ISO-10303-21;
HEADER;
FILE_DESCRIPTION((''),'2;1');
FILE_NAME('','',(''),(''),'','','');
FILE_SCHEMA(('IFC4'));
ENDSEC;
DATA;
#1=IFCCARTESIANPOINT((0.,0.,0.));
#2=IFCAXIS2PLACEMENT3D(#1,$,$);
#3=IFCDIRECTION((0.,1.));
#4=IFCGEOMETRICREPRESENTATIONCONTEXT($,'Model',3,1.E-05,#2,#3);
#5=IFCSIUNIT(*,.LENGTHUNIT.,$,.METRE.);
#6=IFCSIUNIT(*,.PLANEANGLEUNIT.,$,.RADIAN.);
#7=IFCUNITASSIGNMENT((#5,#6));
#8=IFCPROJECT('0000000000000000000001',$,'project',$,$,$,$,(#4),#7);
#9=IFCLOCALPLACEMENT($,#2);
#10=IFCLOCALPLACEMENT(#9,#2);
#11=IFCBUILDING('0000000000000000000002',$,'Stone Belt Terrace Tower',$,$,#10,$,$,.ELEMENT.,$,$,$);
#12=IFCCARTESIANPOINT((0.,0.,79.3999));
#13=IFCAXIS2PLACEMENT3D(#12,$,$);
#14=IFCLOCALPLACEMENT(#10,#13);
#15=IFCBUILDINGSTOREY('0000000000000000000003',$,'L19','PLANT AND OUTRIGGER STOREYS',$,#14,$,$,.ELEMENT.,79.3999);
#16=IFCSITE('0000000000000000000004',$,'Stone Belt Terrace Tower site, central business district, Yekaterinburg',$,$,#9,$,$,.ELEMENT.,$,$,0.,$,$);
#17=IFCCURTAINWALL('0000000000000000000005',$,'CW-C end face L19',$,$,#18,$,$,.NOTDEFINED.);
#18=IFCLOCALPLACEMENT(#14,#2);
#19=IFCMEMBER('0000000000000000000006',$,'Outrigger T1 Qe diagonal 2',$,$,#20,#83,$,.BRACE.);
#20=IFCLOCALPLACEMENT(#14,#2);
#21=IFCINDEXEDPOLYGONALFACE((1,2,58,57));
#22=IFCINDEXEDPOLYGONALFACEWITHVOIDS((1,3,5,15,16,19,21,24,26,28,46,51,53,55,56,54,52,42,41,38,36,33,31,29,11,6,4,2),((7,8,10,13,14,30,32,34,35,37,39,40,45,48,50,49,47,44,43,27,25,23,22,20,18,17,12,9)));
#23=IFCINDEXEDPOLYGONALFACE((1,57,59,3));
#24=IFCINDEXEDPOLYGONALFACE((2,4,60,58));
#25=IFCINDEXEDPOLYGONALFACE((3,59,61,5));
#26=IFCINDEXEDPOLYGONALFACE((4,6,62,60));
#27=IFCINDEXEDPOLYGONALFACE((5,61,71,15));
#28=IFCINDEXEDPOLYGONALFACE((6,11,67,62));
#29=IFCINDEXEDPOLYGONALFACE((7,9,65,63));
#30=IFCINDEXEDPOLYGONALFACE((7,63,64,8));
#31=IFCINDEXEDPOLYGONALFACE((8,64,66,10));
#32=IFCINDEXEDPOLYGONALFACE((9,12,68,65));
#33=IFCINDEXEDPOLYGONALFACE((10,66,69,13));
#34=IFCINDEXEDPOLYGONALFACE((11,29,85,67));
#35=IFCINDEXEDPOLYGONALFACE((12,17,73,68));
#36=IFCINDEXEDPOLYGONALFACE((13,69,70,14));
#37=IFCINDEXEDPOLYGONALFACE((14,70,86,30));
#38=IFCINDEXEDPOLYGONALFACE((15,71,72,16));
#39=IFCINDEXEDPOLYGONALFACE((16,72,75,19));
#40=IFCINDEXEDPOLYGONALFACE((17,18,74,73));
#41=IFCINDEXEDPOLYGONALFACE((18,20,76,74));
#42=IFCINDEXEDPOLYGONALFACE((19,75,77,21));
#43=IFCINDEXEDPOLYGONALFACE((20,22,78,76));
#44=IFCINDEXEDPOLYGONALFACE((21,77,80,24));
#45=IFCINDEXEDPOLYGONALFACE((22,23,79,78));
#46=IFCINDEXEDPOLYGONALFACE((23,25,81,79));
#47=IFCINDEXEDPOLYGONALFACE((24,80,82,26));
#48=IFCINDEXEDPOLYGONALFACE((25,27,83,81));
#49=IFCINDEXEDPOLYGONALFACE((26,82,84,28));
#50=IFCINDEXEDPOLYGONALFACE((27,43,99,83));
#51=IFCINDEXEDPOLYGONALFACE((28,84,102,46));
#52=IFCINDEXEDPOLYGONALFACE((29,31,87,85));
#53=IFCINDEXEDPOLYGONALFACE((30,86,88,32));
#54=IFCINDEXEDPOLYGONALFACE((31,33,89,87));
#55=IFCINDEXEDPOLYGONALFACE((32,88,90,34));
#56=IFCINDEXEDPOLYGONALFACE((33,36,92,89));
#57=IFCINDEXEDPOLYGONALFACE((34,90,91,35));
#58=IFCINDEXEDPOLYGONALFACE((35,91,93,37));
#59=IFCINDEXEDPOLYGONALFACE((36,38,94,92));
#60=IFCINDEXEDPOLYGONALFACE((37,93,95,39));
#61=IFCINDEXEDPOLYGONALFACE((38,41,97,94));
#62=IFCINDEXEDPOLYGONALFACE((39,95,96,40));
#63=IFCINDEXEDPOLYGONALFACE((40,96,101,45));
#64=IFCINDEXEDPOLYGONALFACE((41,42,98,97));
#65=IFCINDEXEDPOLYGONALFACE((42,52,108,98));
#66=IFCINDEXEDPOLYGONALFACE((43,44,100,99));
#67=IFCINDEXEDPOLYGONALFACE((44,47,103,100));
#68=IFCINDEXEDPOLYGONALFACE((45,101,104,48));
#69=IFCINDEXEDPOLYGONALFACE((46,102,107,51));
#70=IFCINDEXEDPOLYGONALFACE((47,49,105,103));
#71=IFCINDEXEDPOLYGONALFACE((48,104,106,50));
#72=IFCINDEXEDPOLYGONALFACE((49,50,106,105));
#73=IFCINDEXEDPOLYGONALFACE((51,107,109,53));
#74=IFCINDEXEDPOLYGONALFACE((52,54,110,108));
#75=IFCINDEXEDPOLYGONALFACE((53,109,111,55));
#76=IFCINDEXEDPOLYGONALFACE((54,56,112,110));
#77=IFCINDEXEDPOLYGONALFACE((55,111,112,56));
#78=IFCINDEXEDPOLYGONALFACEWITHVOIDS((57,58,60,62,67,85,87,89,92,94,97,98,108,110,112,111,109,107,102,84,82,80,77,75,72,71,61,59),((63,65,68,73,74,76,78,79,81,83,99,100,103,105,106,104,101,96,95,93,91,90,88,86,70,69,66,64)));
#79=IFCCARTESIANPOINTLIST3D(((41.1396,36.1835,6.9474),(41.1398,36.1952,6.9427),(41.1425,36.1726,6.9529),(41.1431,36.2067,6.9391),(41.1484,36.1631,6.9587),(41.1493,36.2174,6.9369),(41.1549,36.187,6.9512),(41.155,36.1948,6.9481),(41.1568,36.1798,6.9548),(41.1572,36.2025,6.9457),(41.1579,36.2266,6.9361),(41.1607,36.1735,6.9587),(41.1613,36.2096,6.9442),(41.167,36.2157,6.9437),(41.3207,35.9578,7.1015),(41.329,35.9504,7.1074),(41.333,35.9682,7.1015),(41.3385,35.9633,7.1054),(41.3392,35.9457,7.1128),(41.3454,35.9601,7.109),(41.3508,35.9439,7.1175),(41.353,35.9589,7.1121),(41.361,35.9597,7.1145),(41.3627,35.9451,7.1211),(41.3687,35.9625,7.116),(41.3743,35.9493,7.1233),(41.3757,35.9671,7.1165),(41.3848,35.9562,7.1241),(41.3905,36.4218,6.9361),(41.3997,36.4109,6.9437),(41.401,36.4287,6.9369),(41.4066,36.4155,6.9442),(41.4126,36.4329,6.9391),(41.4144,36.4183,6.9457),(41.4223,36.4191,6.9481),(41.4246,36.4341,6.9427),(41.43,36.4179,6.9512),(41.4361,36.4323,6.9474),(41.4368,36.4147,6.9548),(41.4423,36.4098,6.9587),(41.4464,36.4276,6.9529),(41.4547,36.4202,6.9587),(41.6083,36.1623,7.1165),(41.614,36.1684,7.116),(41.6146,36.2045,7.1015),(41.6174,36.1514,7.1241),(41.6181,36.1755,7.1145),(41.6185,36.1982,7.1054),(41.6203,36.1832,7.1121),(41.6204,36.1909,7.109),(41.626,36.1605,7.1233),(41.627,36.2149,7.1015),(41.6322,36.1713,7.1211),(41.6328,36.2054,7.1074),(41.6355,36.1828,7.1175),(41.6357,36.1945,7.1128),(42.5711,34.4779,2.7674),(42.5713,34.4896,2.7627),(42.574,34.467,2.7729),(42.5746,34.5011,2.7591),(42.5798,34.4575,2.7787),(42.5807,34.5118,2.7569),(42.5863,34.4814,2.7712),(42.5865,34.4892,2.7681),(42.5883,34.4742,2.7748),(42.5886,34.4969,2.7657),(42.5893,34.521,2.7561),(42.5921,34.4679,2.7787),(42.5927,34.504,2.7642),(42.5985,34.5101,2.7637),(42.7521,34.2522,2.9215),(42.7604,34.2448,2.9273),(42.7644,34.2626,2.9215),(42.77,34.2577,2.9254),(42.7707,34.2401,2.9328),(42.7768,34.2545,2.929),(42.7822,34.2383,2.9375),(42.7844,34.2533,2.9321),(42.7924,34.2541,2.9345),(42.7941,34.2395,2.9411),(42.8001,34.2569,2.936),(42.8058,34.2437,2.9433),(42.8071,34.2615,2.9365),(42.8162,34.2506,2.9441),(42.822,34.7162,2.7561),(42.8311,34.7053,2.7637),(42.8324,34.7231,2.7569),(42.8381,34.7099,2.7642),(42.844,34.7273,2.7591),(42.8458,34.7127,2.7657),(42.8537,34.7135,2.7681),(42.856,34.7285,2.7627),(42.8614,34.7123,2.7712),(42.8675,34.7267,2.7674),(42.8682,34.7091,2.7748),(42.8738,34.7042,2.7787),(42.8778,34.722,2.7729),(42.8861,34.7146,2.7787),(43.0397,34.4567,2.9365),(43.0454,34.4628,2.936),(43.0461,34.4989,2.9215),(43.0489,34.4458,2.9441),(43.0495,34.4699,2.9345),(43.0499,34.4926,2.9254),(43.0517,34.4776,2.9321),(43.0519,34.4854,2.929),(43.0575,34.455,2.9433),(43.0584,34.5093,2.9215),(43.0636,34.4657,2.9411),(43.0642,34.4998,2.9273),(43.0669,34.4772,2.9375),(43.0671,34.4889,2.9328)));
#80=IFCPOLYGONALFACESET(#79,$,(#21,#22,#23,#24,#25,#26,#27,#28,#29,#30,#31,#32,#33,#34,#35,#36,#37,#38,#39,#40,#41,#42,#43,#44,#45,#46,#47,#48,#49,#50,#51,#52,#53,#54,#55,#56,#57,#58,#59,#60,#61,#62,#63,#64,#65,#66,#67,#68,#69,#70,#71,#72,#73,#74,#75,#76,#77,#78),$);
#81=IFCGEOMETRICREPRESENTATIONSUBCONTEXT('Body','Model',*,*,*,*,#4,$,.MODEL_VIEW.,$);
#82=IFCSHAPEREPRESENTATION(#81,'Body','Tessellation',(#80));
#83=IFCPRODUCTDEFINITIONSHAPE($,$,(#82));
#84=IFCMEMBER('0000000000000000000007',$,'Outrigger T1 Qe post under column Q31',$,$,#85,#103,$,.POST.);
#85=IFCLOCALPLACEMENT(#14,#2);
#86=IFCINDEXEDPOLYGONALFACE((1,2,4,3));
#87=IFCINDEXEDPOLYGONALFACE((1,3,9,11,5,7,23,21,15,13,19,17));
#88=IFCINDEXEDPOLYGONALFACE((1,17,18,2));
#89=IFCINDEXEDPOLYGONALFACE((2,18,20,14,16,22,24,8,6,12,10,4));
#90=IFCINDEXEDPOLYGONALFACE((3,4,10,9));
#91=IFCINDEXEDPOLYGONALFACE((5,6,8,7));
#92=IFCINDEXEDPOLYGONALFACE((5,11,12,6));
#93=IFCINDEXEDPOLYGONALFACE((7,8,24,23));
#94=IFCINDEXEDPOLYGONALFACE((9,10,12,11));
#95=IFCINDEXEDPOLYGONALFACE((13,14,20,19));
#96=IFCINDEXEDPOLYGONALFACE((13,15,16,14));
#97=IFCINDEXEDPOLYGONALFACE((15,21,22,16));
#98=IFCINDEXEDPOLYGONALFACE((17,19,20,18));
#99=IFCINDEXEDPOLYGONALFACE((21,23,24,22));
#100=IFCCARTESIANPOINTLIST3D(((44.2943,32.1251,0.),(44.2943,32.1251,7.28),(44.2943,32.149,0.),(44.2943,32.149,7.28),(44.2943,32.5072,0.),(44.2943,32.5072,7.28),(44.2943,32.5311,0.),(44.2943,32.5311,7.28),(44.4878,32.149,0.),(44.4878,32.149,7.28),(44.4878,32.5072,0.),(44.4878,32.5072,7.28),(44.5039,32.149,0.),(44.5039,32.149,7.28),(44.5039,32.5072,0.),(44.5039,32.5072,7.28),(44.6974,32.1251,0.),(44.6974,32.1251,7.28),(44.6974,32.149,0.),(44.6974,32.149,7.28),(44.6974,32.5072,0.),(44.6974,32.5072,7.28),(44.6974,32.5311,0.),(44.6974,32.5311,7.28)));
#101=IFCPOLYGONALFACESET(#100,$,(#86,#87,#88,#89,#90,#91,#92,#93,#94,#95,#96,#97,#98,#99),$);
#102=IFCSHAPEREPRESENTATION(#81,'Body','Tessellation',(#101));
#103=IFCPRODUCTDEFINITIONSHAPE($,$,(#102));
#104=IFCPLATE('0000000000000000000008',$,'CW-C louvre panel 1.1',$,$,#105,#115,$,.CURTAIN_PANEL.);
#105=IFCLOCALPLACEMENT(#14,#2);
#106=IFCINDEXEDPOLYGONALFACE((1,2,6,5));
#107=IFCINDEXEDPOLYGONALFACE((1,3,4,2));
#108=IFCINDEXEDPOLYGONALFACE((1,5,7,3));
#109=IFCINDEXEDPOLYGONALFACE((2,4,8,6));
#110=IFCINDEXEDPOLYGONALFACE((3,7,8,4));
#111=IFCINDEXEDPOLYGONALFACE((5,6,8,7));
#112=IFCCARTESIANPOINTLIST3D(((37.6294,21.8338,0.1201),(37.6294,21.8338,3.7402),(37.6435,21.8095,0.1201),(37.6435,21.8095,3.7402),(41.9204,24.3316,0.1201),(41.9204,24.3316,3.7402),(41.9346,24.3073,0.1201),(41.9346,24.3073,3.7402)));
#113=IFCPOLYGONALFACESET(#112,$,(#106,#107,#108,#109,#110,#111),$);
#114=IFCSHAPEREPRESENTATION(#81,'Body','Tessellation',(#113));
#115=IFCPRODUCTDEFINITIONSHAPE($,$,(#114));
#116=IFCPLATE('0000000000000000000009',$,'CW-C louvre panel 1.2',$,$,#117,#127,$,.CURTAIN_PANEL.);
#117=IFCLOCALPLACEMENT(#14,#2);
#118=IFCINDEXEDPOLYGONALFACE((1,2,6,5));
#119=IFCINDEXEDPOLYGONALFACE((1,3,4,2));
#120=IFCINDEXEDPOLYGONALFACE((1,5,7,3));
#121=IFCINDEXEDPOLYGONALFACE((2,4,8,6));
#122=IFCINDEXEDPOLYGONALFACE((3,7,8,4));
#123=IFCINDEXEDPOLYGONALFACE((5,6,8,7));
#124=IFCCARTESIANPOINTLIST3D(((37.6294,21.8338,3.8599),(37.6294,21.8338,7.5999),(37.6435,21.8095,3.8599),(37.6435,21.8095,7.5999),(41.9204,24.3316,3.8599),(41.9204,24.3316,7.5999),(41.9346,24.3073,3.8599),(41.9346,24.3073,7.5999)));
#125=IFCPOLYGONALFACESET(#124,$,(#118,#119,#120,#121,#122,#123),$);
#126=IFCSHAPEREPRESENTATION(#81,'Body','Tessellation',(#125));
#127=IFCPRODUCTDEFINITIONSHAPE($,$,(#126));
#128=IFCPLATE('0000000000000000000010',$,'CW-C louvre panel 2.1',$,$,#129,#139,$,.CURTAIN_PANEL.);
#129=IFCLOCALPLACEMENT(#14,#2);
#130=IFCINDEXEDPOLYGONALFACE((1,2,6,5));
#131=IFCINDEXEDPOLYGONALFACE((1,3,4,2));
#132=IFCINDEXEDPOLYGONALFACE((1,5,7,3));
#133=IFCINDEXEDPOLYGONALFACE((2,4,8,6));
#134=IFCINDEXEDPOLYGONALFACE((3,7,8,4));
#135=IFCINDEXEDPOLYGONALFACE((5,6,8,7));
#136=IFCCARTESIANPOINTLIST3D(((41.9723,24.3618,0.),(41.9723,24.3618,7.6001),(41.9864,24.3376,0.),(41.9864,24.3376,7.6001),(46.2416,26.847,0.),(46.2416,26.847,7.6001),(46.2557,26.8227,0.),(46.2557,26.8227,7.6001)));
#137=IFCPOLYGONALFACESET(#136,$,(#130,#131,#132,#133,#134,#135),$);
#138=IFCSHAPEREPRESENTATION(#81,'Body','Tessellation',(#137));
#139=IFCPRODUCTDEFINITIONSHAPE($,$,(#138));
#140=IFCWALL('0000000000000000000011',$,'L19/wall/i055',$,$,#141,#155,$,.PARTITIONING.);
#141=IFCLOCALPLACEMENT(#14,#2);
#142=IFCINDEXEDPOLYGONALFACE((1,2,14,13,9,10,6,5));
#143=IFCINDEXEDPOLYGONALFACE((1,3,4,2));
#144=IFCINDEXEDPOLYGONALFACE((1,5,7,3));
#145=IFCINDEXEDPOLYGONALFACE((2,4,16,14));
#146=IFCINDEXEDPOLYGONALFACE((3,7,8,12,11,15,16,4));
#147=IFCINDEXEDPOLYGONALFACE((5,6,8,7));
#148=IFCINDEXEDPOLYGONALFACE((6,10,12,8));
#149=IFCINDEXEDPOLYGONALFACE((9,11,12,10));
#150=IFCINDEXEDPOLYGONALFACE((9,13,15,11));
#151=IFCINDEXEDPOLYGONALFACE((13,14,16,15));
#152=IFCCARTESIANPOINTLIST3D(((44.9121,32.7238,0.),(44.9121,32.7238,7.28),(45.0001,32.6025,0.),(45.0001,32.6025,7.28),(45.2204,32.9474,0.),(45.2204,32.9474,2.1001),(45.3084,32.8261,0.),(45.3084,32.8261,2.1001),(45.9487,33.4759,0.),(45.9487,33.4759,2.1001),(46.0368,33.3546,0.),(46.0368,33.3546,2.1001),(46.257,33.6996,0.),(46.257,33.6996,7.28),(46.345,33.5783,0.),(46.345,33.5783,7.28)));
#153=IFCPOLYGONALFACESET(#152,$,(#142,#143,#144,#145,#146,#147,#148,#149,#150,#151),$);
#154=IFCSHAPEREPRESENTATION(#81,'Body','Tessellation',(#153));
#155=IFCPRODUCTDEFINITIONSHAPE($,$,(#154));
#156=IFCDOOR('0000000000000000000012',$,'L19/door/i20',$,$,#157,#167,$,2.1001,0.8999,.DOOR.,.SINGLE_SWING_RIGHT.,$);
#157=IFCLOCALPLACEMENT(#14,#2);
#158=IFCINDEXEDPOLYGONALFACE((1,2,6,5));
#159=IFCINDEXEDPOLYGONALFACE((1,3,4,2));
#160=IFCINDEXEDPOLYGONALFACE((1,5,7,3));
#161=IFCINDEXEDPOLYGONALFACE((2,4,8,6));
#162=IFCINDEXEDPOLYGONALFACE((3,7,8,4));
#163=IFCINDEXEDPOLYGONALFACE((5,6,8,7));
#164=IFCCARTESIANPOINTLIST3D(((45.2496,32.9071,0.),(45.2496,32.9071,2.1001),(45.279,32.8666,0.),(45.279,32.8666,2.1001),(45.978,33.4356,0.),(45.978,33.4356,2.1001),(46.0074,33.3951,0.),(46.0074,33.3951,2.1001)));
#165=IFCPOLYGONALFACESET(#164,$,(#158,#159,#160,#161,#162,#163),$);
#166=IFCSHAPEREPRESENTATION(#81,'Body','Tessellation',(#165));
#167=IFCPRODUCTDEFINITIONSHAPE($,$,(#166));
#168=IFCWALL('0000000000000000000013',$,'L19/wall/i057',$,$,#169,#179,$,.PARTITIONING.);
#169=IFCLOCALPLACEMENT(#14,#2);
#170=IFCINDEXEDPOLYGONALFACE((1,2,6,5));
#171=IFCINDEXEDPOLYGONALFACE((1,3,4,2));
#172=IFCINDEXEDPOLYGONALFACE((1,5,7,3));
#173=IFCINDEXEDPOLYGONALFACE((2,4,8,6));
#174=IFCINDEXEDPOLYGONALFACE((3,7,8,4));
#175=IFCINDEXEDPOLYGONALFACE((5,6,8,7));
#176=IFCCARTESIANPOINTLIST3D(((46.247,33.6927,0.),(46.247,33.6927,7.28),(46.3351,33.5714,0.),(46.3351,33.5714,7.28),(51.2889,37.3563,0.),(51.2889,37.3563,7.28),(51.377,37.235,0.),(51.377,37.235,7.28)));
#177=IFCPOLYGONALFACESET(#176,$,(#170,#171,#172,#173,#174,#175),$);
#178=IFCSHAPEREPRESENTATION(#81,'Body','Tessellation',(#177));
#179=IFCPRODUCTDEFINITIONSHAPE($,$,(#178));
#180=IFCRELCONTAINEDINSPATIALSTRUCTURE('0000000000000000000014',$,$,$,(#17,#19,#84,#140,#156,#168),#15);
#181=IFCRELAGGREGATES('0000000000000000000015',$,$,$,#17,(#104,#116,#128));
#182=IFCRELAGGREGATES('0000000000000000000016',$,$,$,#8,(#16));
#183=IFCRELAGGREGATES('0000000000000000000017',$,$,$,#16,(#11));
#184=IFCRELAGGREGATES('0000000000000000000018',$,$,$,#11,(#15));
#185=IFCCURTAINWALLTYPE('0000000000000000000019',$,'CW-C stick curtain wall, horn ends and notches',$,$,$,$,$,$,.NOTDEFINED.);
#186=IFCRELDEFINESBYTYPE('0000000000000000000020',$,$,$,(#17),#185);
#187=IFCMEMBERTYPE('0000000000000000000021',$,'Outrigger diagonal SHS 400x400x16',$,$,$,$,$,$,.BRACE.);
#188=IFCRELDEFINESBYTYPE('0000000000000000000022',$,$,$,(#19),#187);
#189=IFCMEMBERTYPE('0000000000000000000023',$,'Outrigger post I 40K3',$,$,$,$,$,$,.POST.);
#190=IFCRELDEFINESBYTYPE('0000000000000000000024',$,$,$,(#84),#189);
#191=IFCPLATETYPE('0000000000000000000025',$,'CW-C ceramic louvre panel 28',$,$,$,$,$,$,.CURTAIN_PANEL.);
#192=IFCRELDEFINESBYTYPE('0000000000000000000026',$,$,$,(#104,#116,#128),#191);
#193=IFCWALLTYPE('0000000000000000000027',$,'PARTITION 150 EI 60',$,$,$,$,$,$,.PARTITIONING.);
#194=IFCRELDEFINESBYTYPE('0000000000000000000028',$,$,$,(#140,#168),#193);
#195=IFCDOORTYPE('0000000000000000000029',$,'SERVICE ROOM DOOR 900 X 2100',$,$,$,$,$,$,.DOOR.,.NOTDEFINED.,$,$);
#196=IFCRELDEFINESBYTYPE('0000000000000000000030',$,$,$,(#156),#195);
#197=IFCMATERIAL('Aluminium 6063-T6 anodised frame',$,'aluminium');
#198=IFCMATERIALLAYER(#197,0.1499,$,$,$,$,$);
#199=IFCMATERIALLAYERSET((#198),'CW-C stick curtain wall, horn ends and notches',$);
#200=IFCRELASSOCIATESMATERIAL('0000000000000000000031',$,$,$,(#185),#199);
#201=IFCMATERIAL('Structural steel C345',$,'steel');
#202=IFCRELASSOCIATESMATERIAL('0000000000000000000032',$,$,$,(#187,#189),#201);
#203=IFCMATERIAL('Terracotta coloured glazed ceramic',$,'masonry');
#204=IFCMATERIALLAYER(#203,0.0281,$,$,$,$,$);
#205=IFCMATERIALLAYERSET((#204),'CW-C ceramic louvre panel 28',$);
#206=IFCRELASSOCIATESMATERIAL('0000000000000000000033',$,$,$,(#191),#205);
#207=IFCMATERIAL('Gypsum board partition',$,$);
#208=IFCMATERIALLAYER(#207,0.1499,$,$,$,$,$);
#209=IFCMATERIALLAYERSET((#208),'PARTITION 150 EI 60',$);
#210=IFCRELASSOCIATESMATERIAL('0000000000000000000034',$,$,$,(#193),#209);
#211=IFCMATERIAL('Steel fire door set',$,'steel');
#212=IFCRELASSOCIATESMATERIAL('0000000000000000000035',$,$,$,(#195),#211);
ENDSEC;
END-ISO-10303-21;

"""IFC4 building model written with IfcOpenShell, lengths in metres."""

from ifc_helpers import new_model, si_unit, direction, frame, frame_2d, origin, origin_2d, place, context, subcontext, project, spatial, rectangle, hollow_rectangle, i_section, extrude, material, layer, layer_set, material_profile, profile_set, type_object, element, fill, aggregate, save


model = new_model("IFC4")

# Units and contexts
model_context = context("Model", 3, precision=1e-05, world=origin(), true_north=direction((0.0, 1.0)))
body_context = subcontext(model_context, "Body", "Model", "MODEL_VIEW")
ifc_project = project(units=[si_unit("LENGTHUNIT", "METRE"), si_unit("PLANEANGLEUNIT", "RADIAN")], contexts=[model_context])

# Site, building, storey
site_placement = place(None, origin())
site = spatial("IfcSite", under=ifc_project, at=site_placement, Name="Stone Belt Terrace Tower site, central business district, Yekaterinburg", CompositionType="ELEMENT", RefElevation=0.0)
building_placement = place(site_placement, origin())
building = spatial("IfcBuilding", under=site, at=building_placement, Name="Stone Belt Terrace Tower", CompositionType="ELEMENT")
storey_placement = place(building_placement, frame((0.0, 0.0, 79.3999)))
storey = spatial("IfcBuildingStorey", under=building, at=storey_placement, Name="L19", Description="PLANT AND OUTRIGGER STOREYS", CompositionType="ELEMENT", Elevation=79.3999)

# Curtain wall
ifc_material_1 = material(Name="Aluminium 6063-T6 anodised frame", Category="aluminium")
ifc_layer_1 = layer(ifc_material_1, 0.1499)
ifc_layer_set_1 = layer_set([ifc_layer_1], Name="CW-C stick curtain wall, horn ends and notches")
curtain_wall_type = type_object("IfcCurtainWallType", Name="CW-C stick curtain wall, horn ends and notches", PredefinedType="NOTDEFINED", material=ifc_layer_set_1)
curtain_wall_placement = place(storey_placement, origin())
curtain_wall = element("IfcCurtainWall", 1, at=curtain_wall_placement, inside=storey, type_object=curtain_wall_type, Name="CW-C end face L19", PredefinedType="NOTDEFINED")

# Members
ifc_material_2 = material(Name="Structural steel C345", Category="steel")
ifc_material_profile_1 = material_profile(ifc_material_2, hollow_rectangle(XDim=0.3999, YDim=0.3999, WallThickness=0.0161, InnerFilletRadius=0.032, OuterFilletRadius=0.0481, at=origin_2d()), Name="SHS 400x400x16")
ifc_profile_set_1 = profile_set([ifc_material_profile_1], Name="Structural steel C345")
member_type_1 = type_object("IfcMemberType", Name="Outrigger diagonal SHS 400x400x16", PredefinedType="BRACE", material=ifc_profile_set_1)
member_1_placement = place(storey_placement, frame((42.8191, 34.4834, 2.8501), z_axis=(-0.302238, 0.360128, 0.882587), x_axis=(-0.765988, -0.642855, 0.0)))
element("IfcMember", 2, at=member_1_placement, inside=storey, type_object=member_type_1, Name="Outrigger T1 Qe diagonal 2", PredefinedType="BRACE", context=body_context, shape_type="SweptSolid", body=[
    extrude(hollow_rectangle(XDim=0.3999, YDim=0.3999, WallThickness=0.0161, InnerFilletRadius=0.032, OuterFilletRadius=0.0481, at=origin_2d()), origin(), (0.0, 0.0, 1.0), 4.7361),
])
ifc_material_profile_2 = material_profile(ifc_material_2, i_section(OverallWidth=0.4031, OverallDepth=0.406, WebThickness=0.0161, FlangeThickness=0.0239, at=origin_2d()), Name="I 40K3")
ifc_profile_set_2 = profile_set([ifc_material_profile_2], Name="Structural steel C345")
member_type_2 = type_object("IfcMemberType", Name="Outrigger post I 40K3", PredefinedType="POST", material=ifc_profile_set_2)
member_2_placement = place(storey_placement, frame((44.4958, 32.3281, 0.0), z_axis=(0.0, 0.0, 1.0), x_axis=(1.0, 0.0, 0.0)))
element("IfcMember", 3, at=member_2_placement, inside=storey, type_object=member_type_2, Name="Outrigger T1 Qe post under column Q31", PredefinedType="POST", context=body_context, shape_type="SweptSolid", body=[
    extrude(i_section(OverallWidth=0.4031, OverallDepth=0.406, WebThickness=0.0161, FlangeThickness=0.0239, at=origin_2d()), origin(), (0.0, 0.0, 1.0), 7.28),
])

# Plates
ifc_material_3 = material(Name="Terracotta coloured glazed ceramic", Category="masonry")
ifc_layer_2 = layer(ifc_material_3, 0.0281)
ifc_layer_set_2 = layer_set([ifc_layer_2], Name="CW-C ceramic louvre panel 28")
plate_type = type_object("IfcPlateType", Name="CW-C ceramic louvre panel 28", PredefinedType="CURTAIN_PANEL", material=ifc_layer_set_2)
plate_1_placement = place(storey_placement, frame((39.782, 23.0706, 0.1201), z_axis=(0.0, 0.0, 1.0), x_axis=(0.864239, 0.503081, 0.0)))
plate_1 = element("IfcPlate", 4, at=plate_1_placement, type_object=plate_type, Name="CW-C louvre panel 1.1", PredefinedType="CURTAIN_PANEL", context=body_context, shape_type="SweptSolid", body=[
    extrude(rectangle(XDim=4.9651, YDim=0.0281, at=origin_2d()), origin(), (0.0, 0.0, 1.0), 3.6201),
])
plate_2_placement = place(storey_placement, frame((39.782, 23.0706, 3.8599), z_axis=(0.0, 0.0, 1.0), x_axis=(0.864239, 0.503081, 0.0)))
plate_2 = element("IfcPlate", 5, at=plate_2_placement, type_object=plate_type, Name="CW-C louvre panel 1.2", PredefinedType="CURTAIN_PANEL", context=body_context, shape_type="SweptSolid", body=[
    extrude(rectangle(XDim=4.9651, YDim=0.0281, at=origin_2d()), origin(), (0.0, 0.0, 1.0), 3.74),
])
plate_3_placement = place(storey_placement, frame((44.114, 25.5923, 0.0), z_axis=(0.0, 0.0, 1.0), x_axis=(0.864239, 0.503081, 0.0)))
plate_3 = element("IfcPlate", 6, at=plate_3_placement, type_object=plate_type, Name="CW-C louvre panel 2.1", PredefinedType="CURTAIN_PANEL", context=body_context, shape_type="SweptSolid", body=[
    extrude(rectangle(XDim=4.9399, YDim=0.0281, at=origin_2d()), origin(), (0.0, 0.0, 1.0), 7.6001),
])
aggregate(curtain_wall, [plate_1, plate_2, plate_3])

# Wall, opening, door
ifc_material_4 = material(Name="Gypsum board partition")
ifc_layer_3 = layer(ifc_material_4, 0.1499)
ifc_layer_set_3 = layer_set([ifc_layer_3], Name="PARTITION 150 EI 60")
wall_type = type_object("IfcWallType", Name="PARTITION 150 EI 60", PredefinedType="PARTITIONING", material=ifc_layer_set_3)
wall_1_placement = place(storey_placement, frame((46.301, 33.6389, 0.0), z_axis=(0.0, 0.0, 1.0), x_axis=(-0.809403, -0.587254, 0.0)))
wall_1 = element("IfcWall", 7, at=wall_1_placement, inside=storey, type_object=wall_type, Name="L19/wall/i055", PredefinedType="PARTITIONING", context=body_context, shape_type="SweptSolid", body=[
    extrude(rectangle(XDim=1.6616, YDim=0.1499, at=frame_2d((0.8308, 0.0))), origin(), (0.0, 0.0, 1.0), 7.28),
])
opening_1_placement = place(wall_1_placement, frame((0.3809, 0.0, 0.0)))
opening_1 = element("IfcOpeningElement", 8, at=opening_1_placement, cuts=wall_1, PredefinedType="OPENING", context=body_context, shape_type="SweptSolid", body=[
    extrude(rectangle(XDim=0.8999, YDim=2.1001, at=frame_2d((0.45, 1.05))), frame((0.0, 0.085, 0.0), z_axis=(0.0, -1.0, 0.0), x_axis=(1.0, 0.0, 0.0)), (0.0, 0.0, 1.0), 0.1699),
])
ifc_material_5 = material(Name="Steel fire door set", Category="steel")
door_type_1 = type_object("IfcDoorType", Name="SERVICE ROOM DOOR 900 X 2100", OperationType="NOTDEFINED", PredefinedType="DOOR", material=ifc_material_5)
door_1_placement = place(opening_1_placement, origin())
door_1 = element("IfcDoor", 9, at=door_1_placement, inside=storey, type_object=door_type_1, Name="L19/door/i20", OperationType="SINGLE_SWING_RIGHT", OverallHeight=2.1001, OverallWidth=0.8999, PredefinedType="DOOR", context=body_context, shape_type="SweptSolid", body=[
    extrude(rectangle(XDim=0.8999, YDim=2.1001, at=frame_2d((0.45, 1.05))), frame((0.0, 0.0249, 0.0), z_axis=(0.0, -1.0, 0.0), x_axis=(1.0, 0.0, 0.0)), (0.0, 0.0, 1.0), 0.05),
])
fill(opening_1, door_1)

# Wall
wall_2_placement = place(storey_placement, frame((46.291, 33.6321, 0.0), z_axis=(0.0, 0.0, 1.0), x_axis=(0.80899, 0.587822, 0.0)))
element("IfcWall", 10, at=wall_2_placement, inside=storey, type_object=wall_type, Name="L19/wall/i057", PredefinedType="PARTITIONING", context=body_context, shape_type="SweptSolid", body=[
    extrude(rectangle(XDim=6.2324, YDim=0.1499, at=frame_2d((3.1162, 0.0))), origin(), (0.0, 0.0, 1.0), 7.28),
])

save(model, "model.ifc")
